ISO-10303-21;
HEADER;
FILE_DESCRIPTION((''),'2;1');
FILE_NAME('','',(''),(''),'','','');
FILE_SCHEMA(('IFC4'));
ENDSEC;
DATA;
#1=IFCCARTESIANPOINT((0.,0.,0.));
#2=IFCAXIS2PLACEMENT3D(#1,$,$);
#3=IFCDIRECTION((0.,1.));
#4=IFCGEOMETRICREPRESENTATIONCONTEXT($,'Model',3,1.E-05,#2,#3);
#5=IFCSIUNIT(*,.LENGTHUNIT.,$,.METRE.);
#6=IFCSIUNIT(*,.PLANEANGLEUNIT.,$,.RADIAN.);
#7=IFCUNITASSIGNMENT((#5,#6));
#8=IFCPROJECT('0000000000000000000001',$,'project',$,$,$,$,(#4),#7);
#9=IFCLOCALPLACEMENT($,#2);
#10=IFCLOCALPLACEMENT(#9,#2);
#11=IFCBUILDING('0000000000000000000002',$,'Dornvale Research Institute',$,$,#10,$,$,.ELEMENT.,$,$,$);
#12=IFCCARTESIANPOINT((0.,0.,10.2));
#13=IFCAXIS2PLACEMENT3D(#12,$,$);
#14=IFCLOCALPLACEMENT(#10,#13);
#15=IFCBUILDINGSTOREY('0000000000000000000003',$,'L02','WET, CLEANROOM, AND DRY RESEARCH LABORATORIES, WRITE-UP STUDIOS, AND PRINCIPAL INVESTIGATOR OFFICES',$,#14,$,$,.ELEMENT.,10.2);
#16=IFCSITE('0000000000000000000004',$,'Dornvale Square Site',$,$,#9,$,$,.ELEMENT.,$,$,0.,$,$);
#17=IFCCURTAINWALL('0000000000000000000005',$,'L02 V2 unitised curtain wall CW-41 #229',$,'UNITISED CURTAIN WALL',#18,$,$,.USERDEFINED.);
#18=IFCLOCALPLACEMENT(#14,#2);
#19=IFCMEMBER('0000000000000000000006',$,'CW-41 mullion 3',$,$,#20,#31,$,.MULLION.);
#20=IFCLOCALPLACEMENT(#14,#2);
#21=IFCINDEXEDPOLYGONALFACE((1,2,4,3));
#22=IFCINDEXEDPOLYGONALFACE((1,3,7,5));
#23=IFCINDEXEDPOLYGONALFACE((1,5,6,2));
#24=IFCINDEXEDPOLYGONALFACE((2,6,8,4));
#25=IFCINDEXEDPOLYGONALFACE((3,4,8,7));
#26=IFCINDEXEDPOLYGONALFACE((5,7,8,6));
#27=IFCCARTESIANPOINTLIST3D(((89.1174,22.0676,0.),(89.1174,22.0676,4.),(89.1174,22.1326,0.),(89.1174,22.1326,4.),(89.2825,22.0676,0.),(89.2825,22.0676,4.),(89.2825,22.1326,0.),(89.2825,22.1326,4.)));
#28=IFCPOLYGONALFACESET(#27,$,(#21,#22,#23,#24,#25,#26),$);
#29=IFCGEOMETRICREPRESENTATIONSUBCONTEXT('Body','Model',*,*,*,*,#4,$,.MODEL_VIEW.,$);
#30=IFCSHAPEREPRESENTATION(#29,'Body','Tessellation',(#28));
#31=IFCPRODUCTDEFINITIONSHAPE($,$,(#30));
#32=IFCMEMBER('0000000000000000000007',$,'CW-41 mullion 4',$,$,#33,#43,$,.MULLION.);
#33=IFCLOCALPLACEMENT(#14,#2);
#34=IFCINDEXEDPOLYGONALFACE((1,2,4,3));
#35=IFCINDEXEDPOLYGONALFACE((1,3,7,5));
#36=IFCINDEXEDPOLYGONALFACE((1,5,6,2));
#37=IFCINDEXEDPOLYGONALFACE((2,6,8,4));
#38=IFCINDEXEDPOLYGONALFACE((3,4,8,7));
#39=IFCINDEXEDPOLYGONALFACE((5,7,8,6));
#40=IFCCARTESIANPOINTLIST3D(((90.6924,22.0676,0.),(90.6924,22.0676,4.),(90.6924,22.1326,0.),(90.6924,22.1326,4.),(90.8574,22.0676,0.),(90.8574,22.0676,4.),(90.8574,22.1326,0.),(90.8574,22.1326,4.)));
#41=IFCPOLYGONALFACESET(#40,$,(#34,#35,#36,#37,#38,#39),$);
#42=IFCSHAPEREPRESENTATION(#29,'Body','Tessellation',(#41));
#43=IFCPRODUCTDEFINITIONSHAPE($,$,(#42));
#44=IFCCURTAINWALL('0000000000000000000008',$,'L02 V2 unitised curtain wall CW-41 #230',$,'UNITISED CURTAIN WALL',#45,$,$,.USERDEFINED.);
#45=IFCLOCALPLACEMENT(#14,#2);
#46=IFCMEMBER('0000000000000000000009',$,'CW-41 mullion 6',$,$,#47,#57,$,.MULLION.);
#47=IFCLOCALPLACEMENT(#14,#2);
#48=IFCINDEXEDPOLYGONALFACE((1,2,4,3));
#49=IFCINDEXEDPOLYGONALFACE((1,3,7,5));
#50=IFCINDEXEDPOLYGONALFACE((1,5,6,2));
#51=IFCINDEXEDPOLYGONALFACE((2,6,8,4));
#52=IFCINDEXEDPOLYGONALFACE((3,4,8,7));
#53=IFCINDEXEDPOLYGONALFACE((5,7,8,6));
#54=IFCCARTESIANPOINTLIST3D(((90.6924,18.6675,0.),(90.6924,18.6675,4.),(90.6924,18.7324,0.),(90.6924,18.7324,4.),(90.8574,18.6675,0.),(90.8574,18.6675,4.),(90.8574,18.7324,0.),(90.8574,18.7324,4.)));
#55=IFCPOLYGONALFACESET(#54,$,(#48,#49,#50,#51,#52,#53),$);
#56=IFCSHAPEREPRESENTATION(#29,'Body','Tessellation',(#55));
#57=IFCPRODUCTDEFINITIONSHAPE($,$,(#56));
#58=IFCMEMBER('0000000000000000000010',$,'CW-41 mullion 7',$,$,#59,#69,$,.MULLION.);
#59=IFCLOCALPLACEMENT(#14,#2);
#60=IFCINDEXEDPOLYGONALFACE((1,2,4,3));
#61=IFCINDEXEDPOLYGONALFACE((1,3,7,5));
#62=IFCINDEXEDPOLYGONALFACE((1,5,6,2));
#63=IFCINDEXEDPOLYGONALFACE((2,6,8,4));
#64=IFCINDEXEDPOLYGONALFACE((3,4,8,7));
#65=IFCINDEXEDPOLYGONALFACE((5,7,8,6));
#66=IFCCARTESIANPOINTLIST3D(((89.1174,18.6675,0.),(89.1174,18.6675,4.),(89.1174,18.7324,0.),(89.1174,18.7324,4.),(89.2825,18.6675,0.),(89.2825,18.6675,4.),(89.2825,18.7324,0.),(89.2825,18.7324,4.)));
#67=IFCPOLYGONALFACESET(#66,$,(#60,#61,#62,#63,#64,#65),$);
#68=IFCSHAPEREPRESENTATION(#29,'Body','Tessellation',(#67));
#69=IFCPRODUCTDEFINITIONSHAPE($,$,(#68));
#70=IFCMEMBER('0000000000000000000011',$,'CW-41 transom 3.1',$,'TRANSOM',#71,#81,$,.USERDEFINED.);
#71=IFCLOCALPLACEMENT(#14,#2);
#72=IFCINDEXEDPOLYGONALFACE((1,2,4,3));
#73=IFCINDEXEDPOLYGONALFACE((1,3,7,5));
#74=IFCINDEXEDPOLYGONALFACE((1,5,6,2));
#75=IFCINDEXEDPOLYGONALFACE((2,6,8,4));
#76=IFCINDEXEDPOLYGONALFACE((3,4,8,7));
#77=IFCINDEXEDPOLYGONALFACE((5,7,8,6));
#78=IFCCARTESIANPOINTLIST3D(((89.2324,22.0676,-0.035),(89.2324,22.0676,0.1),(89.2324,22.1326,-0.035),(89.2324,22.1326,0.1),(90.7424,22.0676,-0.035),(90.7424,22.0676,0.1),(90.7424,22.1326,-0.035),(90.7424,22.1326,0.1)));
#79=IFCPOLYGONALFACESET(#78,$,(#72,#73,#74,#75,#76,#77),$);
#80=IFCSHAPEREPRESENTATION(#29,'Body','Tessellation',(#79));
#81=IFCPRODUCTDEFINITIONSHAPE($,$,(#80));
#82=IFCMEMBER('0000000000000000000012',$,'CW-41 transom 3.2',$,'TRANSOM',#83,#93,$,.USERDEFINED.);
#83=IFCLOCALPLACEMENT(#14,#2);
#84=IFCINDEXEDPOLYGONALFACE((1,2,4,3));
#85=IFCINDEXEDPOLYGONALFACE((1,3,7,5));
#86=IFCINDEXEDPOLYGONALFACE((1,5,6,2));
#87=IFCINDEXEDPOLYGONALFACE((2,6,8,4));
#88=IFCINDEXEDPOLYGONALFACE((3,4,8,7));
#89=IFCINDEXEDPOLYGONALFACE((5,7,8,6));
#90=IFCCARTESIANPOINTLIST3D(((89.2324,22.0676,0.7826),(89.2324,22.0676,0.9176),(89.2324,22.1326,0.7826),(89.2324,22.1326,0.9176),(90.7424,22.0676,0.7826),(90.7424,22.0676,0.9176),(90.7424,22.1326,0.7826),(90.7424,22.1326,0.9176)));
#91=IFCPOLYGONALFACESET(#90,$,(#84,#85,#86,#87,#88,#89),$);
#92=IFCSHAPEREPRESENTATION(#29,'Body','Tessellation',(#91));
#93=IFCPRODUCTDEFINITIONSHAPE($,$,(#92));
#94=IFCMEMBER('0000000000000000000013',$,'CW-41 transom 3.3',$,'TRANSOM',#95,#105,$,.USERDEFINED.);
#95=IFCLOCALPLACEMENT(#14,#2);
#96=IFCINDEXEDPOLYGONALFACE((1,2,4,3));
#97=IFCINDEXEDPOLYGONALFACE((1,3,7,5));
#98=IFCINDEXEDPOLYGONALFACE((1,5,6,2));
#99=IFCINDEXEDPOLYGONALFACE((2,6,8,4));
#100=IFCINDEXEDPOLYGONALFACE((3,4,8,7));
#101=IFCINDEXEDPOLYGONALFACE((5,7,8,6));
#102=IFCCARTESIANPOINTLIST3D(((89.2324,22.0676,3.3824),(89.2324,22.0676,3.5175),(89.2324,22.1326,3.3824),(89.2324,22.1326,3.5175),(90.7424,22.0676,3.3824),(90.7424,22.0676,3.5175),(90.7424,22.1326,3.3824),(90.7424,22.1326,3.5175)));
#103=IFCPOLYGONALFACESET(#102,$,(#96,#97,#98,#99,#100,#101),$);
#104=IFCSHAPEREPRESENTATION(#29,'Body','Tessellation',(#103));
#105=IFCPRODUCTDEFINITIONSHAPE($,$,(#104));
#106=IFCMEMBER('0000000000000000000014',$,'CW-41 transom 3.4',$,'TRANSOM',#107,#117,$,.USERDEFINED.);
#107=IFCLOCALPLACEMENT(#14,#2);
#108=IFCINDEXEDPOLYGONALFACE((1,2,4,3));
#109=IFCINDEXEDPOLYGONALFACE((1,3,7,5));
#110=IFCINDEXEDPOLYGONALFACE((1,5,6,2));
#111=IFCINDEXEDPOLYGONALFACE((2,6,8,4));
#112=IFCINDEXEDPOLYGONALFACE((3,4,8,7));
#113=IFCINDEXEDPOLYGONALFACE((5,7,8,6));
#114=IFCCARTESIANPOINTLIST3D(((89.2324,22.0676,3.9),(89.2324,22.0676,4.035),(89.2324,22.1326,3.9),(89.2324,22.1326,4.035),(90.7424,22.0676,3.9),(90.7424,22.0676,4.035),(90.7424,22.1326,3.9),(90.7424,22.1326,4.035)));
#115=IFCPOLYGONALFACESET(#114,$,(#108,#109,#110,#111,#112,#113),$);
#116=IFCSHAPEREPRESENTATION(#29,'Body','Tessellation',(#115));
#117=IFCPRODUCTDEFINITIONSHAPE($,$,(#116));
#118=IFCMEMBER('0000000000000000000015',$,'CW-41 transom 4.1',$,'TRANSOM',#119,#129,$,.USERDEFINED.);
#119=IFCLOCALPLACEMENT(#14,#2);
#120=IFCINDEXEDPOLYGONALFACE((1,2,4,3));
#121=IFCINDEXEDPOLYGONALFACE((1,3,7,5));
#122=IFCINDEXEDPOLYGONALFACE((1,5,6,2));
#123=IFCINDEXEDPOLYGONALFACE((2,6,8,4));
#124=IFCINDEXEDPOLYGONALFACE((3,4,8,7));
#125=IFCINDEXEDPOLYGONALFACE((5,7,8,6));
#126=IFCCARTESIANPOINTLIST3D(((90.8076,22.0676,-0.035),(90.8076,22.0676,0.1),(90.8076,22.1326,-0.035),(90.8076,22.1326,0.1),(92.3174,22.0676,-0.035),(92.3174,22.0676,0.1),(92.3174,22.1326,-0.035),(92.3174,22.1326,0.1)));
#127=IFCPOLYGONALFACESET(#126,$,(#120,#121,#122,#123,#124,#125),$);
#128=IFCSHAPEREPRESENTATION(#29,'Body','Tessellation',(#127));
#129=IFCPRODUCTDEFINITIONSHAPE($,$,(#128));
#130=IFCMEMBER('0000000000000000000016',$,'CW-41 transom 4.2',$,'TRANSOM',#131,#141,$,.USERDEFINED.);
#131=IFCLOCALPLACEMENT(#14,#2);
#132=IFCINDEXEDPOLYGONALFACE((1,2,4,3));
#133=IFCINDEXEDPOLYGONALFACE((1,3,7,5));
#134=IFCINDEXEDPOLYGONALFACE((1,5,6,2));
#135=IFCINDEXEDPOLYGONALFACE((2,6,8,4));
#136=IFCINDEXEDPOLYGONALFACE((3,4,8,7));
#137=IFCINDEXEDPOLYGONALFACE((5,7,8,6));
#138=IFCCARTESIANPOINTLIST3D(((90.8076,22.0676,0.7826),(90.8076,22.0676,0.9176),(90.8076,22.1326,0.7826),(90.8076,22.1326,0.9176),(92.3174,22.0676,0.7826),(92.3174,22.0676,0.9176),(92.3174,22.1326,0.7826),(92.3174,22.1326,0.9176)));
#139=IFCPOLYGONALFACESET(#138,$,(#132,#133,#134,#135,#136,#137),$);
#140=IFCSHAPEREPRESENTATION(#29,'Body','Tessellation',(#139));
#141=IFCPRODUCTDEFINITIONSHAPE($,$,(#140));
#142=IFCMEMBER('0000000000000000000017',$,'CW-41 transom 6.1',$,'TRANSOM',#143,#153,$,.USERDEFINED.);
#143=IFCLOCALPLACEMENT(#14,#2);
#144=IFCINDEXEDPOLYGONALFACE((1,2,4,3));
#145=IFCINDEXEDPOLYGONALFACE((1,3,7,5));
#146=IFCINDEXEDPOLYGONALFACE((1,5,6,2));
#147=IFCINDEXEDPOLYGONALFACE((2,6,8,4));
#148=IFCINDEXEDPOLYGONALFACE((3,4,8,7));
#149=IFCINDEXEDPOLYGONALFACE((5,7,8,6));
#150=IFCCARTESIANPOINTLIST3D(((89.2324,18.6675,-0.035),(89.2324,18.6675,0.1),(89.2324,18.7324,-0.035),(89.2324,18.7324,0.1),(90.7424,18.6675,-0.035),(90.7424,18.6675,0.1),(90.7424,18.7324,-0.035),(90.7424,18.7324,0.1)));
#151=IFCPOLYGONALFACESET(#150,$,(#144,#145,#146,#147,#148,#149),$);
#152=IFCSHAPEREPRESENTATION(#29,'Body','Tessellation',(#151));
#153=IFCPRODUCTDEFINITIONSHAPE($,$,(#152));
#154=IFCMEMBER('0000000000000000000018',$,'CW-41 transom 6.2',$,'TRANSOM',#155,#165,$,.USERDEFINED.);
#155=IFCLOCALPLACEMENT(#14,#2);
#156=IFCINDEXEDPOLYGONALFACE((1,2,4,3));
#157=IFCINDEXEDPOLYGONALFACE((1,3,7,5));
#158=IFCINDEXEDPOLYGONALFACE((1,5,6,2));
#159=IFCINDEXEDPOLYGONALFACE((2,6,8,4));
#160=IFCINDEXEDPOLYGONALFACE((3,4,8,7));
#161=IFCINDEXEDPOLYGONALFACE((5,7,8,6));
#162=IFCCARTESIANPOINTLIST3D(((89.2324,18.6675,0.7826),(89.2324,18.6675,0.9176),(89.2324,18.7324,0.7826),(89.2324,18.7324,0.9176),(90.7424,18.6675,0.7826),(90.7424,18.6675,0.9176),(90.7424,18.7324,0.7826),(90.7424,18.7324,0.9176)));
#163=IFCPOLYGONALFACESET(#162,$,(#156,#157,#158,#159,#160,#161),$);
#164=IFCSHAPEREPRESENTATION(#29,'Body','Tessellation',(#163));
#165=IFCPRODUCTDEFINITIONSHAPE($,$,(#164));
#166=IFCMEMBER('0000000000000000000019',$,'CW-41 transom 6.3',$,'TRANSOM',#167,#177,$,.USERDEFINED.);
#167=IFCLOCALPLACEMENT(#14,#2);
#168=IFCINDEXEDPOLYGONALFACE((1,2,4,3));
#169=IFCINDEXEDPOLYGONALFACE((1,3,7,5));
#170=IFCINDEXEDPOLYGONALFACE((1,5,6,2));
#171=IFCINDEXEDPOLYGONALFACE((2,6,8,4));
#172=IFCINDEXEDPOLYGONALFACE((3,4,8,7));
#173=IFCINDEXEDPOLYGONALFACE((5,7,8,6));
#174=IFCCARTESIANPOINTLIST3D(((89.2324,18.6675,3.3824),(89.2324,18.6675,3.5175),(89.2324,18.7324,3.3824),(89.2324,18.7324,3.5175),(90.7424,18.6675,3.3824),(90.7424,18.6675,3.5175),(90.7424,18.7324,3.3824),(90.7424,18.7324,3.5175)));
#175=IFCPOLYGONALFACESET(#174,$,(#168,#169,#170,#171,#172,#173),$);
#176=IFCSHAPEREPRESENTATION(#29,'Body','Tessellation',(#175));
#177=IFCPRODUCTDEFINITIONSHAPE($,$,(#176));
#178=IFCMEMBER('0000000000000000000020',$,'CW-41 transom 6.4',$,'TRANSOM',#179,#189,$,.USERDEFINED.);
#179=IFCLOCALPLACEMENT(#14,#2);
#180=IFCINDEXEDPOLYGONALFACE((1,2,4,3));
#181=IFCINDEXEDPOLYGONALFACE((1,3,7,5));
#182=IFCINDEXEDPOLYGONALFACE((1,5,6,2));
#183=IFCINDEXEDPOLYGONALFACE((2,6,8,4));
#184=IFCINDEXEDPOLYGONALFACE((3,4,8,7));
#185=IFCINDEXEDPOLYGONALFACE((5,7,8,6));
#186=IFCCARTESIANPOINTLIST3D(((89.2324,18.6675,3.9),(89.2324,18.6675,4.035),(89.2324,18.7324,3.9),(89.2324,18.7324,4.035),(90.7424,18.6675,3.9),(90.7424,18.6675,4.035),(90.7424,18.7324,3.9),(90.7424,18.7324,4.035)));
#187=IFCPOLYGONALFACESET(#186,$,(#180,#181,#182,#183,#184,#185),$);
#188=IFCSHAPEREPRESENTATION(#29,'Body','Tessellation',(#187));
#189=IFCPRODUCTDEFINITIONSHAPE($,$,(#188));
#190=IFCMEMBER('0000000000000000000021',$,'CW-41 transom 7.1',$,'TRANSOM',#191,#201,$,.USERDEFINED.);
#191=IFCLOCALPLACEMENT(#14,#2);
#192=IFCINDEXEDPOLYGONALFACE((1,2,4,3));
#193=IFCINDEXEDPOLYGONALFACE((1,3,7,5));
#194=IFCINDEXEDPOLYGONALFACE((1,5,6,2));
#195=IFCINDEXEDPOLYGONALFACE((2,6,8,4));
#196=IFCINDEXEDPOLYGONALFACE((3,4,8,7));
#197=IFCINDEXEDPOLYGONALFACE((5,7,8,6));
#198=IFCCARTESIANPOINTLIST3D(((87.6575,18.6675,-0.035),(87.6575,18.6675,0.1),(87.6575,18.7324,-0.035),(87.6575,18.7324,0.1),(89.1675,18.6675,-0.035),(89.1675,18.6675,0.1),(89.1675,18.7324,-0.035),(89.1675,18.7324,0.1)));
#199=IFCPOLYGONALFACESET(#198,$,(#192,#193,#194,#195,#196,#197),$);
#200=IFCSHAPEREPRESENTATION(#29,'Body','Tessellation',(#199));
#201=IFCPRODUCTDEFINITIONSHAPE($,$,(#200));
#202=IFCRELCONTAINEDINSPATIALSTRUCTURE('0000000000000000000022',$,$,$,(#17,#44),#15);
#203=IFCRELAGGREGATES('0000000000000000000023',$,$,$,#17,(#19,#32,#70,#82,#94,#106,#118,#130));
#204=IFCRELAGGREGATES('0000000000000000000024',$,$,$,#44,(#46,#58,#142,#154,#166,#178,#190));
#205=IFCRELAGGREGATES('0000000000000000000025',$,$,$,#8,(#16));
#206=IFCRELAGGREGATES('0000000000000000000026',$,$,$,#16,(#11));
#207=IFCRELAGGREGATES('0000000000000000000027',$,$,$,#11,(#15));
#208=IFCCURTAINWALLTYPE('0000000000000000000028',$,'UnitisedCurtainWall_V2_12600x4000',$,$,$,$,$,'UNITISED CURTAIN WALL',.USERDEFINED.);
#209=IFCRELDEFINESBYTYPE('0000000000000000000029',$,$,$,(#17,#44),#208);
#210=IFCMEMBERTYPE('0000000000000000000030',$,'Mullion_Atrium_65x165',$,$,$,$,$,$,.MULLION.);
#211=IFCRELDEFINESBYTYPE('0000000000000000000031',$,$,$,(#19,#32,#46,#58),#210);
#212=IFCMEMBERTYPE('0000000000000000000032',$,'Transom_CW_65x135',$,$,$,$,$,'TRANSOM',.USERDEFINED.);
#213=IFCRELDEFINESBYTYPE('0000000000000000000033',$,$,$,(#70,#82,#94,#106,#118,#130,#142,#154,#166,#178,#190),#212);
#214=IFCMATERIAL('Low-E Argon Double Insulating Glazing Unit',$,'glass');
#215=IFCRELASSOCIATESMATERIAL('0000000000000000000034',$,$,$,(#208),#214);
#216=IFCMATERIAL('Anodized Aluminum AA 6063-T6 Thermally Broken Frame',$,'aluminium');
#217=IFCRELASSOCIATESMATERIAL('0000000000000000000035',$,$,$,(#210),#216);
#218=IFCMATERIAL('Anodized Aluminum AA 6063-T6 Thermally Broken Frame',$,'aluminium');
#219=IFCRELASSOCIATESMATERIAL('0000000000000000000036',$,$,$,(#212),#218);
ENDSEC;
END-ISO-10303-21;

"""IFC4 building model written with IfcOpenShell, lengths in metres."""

from ifc_helpers import new_model, si_unit, direction, frame, origin, origin_2d, place, context, subcontext, project, spatial, rectangle, extrude, material, material_profile, profile_set, type_object, element, aggregate, save


model = new_model("IFC4")

# Units and contexts
model_context = context("Model", 3, precision=1e-05, world=origin(), true_north=direction((0.0, 1.0)))
body_context = subcontext(model_context, "Body", "Model", "MODEL_VIEW")
ifc_project = project(units=[si_unit("LENGTHUNIT", "METRE"), si_unit("PLANEANGLEUNIT", "RADIAN")], contexts=[model_context])

# Site, building, storey
site_placement = place(None, origin())
site = spatial("IfcSite", under=ifc_project, at=site_placement, Name="Dornvale Square Site", CompositionType="ELEMENT", RefElevation=0.0)
building_placement = place(site_placement, origin())
building = spatial("IfcBuilding", under=site, at=building_placement, Name="Dornvale Research Institute", CompositionType="ELEMENT")
storey_placement = place(building_placement, frame((0.0, 0.0, 10.2)))
storey = spatial("IfcBuildingStorey", under=building, at=storey_placement, Name="L02", Description="WET, CLEANROOM, AND DRY RESEARCH LABORATORIES, WRITE-UP STUDIOS, AND PRINCIPAL INVESTIGATOR OFFICES", CompositionType="ELEMENT", Elevation=10.2)

# Curtain walls, members
ifc_material_1 = material(Name="Low-E Argon Double Insulating Glazing Unit", Category="glass")
curtain_wall_type = type_object("IfcCurtainWallType", Name="UnitisedCurtainWall_V2_12600x4000", ElementType="UNITISED CURTAIN WALL", PredefinedType="USERDEFINED", material=ifc_material_1)
curtain_wall_1_placement = place(storey_placement, origin())
curtain_wall_1 = element("IfcCurtainWall", 1, at=curtain_wall_1_placement, inside=storey, type_object=curtain_wall_type, Name="L02 V2 unitised curtain wall CW-41 #229", ObjectType="UNITISED CURTAIN WALL", PredefinedType="USERDEFINED")
ifc_material_2 = material(Name="Anodized Aluminum AA 6063-T6 Thermally Broken Frame", Category="aluminium")
ifc_material_profile_1 = material_profile(ifc_material_2, rectangle(XDim=0.0649, YDim=0.165, at=origin_2d()), Name="ALU MULLION 65x165")
ifc_profile_set_1 = profile_set([ifc_material_profile_1], Name="Anodized Aluminum AA 6063-T6 Thermally Broken Frame")
member_type_1 = type_object("IfcMemberType", Name="Mullion_Atrium_65x165", PredefinedType="MULLION", material=ifc_profile_set_1)
member_1_placement = place(storey_placement, frame((89.2, 22.1001, 0.0), z_axis=(0.0, 0.0, 1.0), x_axis=(0.0, 1.0, 0.0)))
member_1 = element("IfcMember", 2, at=member_1_placement, type_object=member_type_1, Name="CW-41 mullion 3", PredefinedType="MULLION", context=body_context, shape_type="SweptSolid", body=[
    extrude(rectangle(XDim=0.0649, YDim=0.165, at=origin_2d()), origin(), (0.0, 0.0, 1.0), 4.0),
])
member_2_placement = place(storey_placement, frame((90.7749, 22.1001, 0.0), z_axis=(0.0, 0.0, 1.0), x_axis=(0.0, 1.0, 0.0)))
member_2 = element("IfcMember", 3, at=member_2_placement, type_object=member_type_1, Name="CW-41 mullion 4", PredefinedType="MULLION", context=body_context, shape_type="SweptSolid", body=[
    extrude(rectangle(XDim=0.0649, YDim=0.165, at=origin_2d()), origin(), (0.0, 0.0, 1.0), 4.0),
])
curtain_wall_2_placement = place(storey_placement, origin())
curtain_wall_2 = element("IfcCurtainWall", 4, at=curtain_wall_2_placement, inside=storey, type_object=curtain_wall_type, Name="L02 V2 unitised curtain wall CW-41 #230", ObjectType="UNITISED CURTAIN WALL", PredefinedType="USERDEFINED")
member_3_placement = place(storey_placement, frame((90.7749, 18.7, 0.0), z_axis=(0.0, 0.0, 1.0), x_axis=(0.0, -1.0, 0.0)))
member_3 = element("IfcMember", 5, at=member_3_placement, type_object=member_type_1, Name="CW-41 mullion 6", PredefinedType="MULLION", context=body_context, shape_type="SweptSolid", body=[
    extrude(rectangle(XDim=0.0649, YDim=0.165, at=origin_2d()), origin(), (0.0, 0.0, 1.0), 4.0),
])
member_4_placement = place(storey_placement, frame((89.2, 18.7, 0.0), z_axis=(0.0, 0.0, 1.0), x_axis=(0.0, -1.0, 0.0)))
member_4 = element("IfcMember", 6, at=member_4_placement, type_object=member_type_1, Name="CW-41 mullion 7", PredefinedType="MULLION", context=body_context, shape_type="SweptSolid", body=[
    extrude(rectangle(XDim=0.0649, YDim=0.165, at=origin_2d()), origin(), (0.0, 0.0, 1.0), 4.0),
])

# Members
ifc_material_3 = material(Name="Anodized Aluminum AA 6063-T6 Thermally Broken Frame", Category="aluminium")
ifc_material_profile_2 = material_profile(ifc_material_3, rectangle(XDim=0.0649, YDim=0.135, at=origin_2d()), Name="ALU TRANSOM 65x135")
ifc_profile_set_2 = profile_set([ifc_material_profile_2], Name="Anodized Aluminum AA 6063-T6 Thermally Broken Frame")
member_type_2 = type_object("IfcMemberType", Name="Transom_CW_65x135", ElementType="TRANSOM", PredefinedType="USERDEFINED", material=ifc_profile_set_2)
member_5_placement = place(storey_placement, frame((89.2324, 22.1001, 0.0325), z_axis=(1.0, 0.0, 0.0), x_axis=(0.0, 1.0, 0.0)))
member_5 = element("IfcMember", 7, at=member_5_placement, type_object=member_type_2, Name="CW-41 transom 3.1", ObjectType="TRANSOM", PredefinedType="USERDEFINED", context=body_context, shape_type="SweptSolid", body=[
    extrude(rectangle(XDim=0.0649, YDim=0.135, at=origin_2d()), origin(), (0.0, 0.0, 1.0), 1.51),
])
member_6_placement = place(storey_placement, frame((89.2324, 22.1001, 0.8501), z_axis=(1.0, 0.0, 0.0), x_axis=(0.0, 1.0, 0.0)))
member_6 = element("IfcMember", 8, at=member_6_placement, type_object=member_type_2, Name="CW-41 transom 3.2", ObjectType="TRANSOM", PredefinedType="USERDEFINED", context=body_context, shape_type="SweptSolid", body=[
    extrude(rectangle(XDim=0.0649, YDim=0.135, at=origin_2d()), origin(), (0.0, 0.0, 1.0), 1.51),
])
member_7_placement = place(storey_placement, frame((89.2324, 22.1001, 3.45), z_axis=(1.0, 0.0, 0.0), x_axis=(0.0, 1.0, 0.0)))
member_7 = element("IfcMember", 9, at=member_7_placement, type_object=member_type_2, Name="CW-41 transom 3.3", ObjectType="TRANSOM", PredefinedType="USERDEFINED", context=body_context, shape_type="SweptSolid", body=[
    extrude(rectangle(XDim=0.0649, YDim=0.135, at=origin_2d()), origin(), (0.0, 0.0, 1.0), 1.51),
])
member_8_placement = place(storey_placement, frame((89.2324, 22.1001, 3.9675), z_axis=(1.0, 0.0, 0.0), x_axis=(0.0, 1.0, 0.0)))
member_8 = element("IfcMember", 10, at=member_8_placement, type_object=member_type_2, Name="CW-41 transom 3.4", ObjectType="TRANSOM", PredefinedType="USERDEFINED", context=body_context, shape_type="SweptSolid", body=[
    extrude(rectangle(XDim=0.0649, YDim=0.135, at=origin_2d()), origin(), (0.0, 0.0, 1.0), 1.51),
])
member_9_placement = place(storey_placement, frame((90.8076, 22.1001, 0.0325), z_axis=(1.0, 0.0, 0.0), x_axis=(0.0, 1.0, 0.0)))
member_9 = element("IfcMember", 11, at=member_9_placement, type_object=member_type_2, Name="CW-41 transom 4.1", ObjectType="TRANSOM", PredefinedType="USERDEFINED", context=body_context, shape_type="SweptSolid", body=[
    extrude(rectangle(XDim=0.0649, YDim=0.135, at=origin_2d()), origin(), (0.0, 0.0, 1.0), 1.5098),
])
member_10_placement = place(storey_placement, frame((90.8076, 22.1001, 0.8501), z_axis=(1.0, 0.0, 0.0), x_axis=(0.0, 1.0, 0.0)))
member_10 = element("IfcMember", 12, at=member_10_placement, type_object=member_type_2, Name="CW-41 transom 4.2", ObjectType="TRANSOM", PredefinedType="USERDEFINED", context=body_context, shape_type="SweptSolid", body=[
    extrude(rectangle(XDim=0.0649, YDim=0.135, at=origin_2d()), origin(), (0.0, 0.0, 1.0), 1.5098),
])
member_11_placement = place(storey_placement, frame((90.7424, 18.7, 0.0325), z_axis=(-1.0, 0.0, 0.0), x_axis=(0.0, -1.0, 0.0)))
member_11 = element("IfcMember", 13, at=member_11_placement, type_object=member_type_2, Name="CW-41 transom 6.1", ObjectType="TRANSOM", PredefinedType="USERDEFINED", context=body_context, shape_type="SweptSolid", body=[
    extrude(rectangle(XDim=0.0649, YDim=0.135, at=origin_2d()), origin(), (0.0, 0.0, 1.0), 1.51),
])
member_12_placement = place(storey_placement, frame((90.7424, 18.7, 0.8501), z_axis=(-1.0, 0.0, 0.0), x_axis=(0.0, -1.0, 0.0)))
member_12 = element("IfcMember", 14, at=member_12_placement, type_object=member_type_2, Name="CW-41 transom 6.2", ObjectType="TRANSOM", PredefinedType="USERDEFINED", context=body_context, shape_type="SweptSolid", body=[
    extrude(rectangle(XDim=0.0649, YDim=0.135, at=origin_2d()), origin(), (0.0, 0.0, 1.0), 1.51),
])
member_13_placement = place(storey_placement, frame((90.7424, 18.7, 3.45), z_axis=(-1.0, 0.0, 0.0), x_axis=(0.0, -1.0, 0.0)))
member_13 = element("IfcMember", 15, at=member_13_placement, type_object=member_type_2, Name="CW-41 transom 6.3", ObjectType="TRANSOM", PredefinedType="USERDEFINED", context=body_context, shape_type="SweptSolid", body=[
    extrude(rectangle(XDim=0.0649, YDim=0.135, at=origin_2d()), origin(), (0.0, 0.0, 1.0), 1.51),
])
member_14_placement = place(storey_placement, frame((90.7424, 18.7, 3.9675), z_axis=(-1.0, 0.0, 0.0), x_axis=(0.0, -1.0, 0.0)))
member_14 = element("IfcMember", 16, at=member_14_placement, type_object=member_type_2, Name="CW-41 transom 6.4", ObjectType="TRANSOM", PredefinedType="USERDEFINED", context=body_context, shape_type="SweptSolid", body=[
    extrude(rectangle(XDim=0.0649, YDim=0.135, at=origin_2d()), origin(), (0.0, 0.0, 1.0), 1.51),
])
member_15_placement = place(storey_placement, frame((89.1675, 18.7, 0.0325), z_axis=(-1.0, 0.0, 0.0), x_axis=(0.0, -1.0, 0.0)))
member_15 = element("IfcMember", 17, at=member_15_placement, type_object=member_type_2, Name="CW-41 transom 7.1", ObjectType="TRANSOM", PredefinedType="USERDEFINED", context=body_context, shape_type="SweptSolid", body=[
    extrude(rectangle(XDim=0.0649, YDim=0.135, at=origin_2d()), origin(), (0.0, 0.0, 1.0), 1.51),
])

aggregate(curtain_wall_1, [member_1, member_2, member_5, member_6, member_7, member_8, member_9, member_10])
aggregate(curtain_wall_2, [member_3, member_4, member_11, member_12, member_13, member_14, member_15])

save(model, "model.ifc")
